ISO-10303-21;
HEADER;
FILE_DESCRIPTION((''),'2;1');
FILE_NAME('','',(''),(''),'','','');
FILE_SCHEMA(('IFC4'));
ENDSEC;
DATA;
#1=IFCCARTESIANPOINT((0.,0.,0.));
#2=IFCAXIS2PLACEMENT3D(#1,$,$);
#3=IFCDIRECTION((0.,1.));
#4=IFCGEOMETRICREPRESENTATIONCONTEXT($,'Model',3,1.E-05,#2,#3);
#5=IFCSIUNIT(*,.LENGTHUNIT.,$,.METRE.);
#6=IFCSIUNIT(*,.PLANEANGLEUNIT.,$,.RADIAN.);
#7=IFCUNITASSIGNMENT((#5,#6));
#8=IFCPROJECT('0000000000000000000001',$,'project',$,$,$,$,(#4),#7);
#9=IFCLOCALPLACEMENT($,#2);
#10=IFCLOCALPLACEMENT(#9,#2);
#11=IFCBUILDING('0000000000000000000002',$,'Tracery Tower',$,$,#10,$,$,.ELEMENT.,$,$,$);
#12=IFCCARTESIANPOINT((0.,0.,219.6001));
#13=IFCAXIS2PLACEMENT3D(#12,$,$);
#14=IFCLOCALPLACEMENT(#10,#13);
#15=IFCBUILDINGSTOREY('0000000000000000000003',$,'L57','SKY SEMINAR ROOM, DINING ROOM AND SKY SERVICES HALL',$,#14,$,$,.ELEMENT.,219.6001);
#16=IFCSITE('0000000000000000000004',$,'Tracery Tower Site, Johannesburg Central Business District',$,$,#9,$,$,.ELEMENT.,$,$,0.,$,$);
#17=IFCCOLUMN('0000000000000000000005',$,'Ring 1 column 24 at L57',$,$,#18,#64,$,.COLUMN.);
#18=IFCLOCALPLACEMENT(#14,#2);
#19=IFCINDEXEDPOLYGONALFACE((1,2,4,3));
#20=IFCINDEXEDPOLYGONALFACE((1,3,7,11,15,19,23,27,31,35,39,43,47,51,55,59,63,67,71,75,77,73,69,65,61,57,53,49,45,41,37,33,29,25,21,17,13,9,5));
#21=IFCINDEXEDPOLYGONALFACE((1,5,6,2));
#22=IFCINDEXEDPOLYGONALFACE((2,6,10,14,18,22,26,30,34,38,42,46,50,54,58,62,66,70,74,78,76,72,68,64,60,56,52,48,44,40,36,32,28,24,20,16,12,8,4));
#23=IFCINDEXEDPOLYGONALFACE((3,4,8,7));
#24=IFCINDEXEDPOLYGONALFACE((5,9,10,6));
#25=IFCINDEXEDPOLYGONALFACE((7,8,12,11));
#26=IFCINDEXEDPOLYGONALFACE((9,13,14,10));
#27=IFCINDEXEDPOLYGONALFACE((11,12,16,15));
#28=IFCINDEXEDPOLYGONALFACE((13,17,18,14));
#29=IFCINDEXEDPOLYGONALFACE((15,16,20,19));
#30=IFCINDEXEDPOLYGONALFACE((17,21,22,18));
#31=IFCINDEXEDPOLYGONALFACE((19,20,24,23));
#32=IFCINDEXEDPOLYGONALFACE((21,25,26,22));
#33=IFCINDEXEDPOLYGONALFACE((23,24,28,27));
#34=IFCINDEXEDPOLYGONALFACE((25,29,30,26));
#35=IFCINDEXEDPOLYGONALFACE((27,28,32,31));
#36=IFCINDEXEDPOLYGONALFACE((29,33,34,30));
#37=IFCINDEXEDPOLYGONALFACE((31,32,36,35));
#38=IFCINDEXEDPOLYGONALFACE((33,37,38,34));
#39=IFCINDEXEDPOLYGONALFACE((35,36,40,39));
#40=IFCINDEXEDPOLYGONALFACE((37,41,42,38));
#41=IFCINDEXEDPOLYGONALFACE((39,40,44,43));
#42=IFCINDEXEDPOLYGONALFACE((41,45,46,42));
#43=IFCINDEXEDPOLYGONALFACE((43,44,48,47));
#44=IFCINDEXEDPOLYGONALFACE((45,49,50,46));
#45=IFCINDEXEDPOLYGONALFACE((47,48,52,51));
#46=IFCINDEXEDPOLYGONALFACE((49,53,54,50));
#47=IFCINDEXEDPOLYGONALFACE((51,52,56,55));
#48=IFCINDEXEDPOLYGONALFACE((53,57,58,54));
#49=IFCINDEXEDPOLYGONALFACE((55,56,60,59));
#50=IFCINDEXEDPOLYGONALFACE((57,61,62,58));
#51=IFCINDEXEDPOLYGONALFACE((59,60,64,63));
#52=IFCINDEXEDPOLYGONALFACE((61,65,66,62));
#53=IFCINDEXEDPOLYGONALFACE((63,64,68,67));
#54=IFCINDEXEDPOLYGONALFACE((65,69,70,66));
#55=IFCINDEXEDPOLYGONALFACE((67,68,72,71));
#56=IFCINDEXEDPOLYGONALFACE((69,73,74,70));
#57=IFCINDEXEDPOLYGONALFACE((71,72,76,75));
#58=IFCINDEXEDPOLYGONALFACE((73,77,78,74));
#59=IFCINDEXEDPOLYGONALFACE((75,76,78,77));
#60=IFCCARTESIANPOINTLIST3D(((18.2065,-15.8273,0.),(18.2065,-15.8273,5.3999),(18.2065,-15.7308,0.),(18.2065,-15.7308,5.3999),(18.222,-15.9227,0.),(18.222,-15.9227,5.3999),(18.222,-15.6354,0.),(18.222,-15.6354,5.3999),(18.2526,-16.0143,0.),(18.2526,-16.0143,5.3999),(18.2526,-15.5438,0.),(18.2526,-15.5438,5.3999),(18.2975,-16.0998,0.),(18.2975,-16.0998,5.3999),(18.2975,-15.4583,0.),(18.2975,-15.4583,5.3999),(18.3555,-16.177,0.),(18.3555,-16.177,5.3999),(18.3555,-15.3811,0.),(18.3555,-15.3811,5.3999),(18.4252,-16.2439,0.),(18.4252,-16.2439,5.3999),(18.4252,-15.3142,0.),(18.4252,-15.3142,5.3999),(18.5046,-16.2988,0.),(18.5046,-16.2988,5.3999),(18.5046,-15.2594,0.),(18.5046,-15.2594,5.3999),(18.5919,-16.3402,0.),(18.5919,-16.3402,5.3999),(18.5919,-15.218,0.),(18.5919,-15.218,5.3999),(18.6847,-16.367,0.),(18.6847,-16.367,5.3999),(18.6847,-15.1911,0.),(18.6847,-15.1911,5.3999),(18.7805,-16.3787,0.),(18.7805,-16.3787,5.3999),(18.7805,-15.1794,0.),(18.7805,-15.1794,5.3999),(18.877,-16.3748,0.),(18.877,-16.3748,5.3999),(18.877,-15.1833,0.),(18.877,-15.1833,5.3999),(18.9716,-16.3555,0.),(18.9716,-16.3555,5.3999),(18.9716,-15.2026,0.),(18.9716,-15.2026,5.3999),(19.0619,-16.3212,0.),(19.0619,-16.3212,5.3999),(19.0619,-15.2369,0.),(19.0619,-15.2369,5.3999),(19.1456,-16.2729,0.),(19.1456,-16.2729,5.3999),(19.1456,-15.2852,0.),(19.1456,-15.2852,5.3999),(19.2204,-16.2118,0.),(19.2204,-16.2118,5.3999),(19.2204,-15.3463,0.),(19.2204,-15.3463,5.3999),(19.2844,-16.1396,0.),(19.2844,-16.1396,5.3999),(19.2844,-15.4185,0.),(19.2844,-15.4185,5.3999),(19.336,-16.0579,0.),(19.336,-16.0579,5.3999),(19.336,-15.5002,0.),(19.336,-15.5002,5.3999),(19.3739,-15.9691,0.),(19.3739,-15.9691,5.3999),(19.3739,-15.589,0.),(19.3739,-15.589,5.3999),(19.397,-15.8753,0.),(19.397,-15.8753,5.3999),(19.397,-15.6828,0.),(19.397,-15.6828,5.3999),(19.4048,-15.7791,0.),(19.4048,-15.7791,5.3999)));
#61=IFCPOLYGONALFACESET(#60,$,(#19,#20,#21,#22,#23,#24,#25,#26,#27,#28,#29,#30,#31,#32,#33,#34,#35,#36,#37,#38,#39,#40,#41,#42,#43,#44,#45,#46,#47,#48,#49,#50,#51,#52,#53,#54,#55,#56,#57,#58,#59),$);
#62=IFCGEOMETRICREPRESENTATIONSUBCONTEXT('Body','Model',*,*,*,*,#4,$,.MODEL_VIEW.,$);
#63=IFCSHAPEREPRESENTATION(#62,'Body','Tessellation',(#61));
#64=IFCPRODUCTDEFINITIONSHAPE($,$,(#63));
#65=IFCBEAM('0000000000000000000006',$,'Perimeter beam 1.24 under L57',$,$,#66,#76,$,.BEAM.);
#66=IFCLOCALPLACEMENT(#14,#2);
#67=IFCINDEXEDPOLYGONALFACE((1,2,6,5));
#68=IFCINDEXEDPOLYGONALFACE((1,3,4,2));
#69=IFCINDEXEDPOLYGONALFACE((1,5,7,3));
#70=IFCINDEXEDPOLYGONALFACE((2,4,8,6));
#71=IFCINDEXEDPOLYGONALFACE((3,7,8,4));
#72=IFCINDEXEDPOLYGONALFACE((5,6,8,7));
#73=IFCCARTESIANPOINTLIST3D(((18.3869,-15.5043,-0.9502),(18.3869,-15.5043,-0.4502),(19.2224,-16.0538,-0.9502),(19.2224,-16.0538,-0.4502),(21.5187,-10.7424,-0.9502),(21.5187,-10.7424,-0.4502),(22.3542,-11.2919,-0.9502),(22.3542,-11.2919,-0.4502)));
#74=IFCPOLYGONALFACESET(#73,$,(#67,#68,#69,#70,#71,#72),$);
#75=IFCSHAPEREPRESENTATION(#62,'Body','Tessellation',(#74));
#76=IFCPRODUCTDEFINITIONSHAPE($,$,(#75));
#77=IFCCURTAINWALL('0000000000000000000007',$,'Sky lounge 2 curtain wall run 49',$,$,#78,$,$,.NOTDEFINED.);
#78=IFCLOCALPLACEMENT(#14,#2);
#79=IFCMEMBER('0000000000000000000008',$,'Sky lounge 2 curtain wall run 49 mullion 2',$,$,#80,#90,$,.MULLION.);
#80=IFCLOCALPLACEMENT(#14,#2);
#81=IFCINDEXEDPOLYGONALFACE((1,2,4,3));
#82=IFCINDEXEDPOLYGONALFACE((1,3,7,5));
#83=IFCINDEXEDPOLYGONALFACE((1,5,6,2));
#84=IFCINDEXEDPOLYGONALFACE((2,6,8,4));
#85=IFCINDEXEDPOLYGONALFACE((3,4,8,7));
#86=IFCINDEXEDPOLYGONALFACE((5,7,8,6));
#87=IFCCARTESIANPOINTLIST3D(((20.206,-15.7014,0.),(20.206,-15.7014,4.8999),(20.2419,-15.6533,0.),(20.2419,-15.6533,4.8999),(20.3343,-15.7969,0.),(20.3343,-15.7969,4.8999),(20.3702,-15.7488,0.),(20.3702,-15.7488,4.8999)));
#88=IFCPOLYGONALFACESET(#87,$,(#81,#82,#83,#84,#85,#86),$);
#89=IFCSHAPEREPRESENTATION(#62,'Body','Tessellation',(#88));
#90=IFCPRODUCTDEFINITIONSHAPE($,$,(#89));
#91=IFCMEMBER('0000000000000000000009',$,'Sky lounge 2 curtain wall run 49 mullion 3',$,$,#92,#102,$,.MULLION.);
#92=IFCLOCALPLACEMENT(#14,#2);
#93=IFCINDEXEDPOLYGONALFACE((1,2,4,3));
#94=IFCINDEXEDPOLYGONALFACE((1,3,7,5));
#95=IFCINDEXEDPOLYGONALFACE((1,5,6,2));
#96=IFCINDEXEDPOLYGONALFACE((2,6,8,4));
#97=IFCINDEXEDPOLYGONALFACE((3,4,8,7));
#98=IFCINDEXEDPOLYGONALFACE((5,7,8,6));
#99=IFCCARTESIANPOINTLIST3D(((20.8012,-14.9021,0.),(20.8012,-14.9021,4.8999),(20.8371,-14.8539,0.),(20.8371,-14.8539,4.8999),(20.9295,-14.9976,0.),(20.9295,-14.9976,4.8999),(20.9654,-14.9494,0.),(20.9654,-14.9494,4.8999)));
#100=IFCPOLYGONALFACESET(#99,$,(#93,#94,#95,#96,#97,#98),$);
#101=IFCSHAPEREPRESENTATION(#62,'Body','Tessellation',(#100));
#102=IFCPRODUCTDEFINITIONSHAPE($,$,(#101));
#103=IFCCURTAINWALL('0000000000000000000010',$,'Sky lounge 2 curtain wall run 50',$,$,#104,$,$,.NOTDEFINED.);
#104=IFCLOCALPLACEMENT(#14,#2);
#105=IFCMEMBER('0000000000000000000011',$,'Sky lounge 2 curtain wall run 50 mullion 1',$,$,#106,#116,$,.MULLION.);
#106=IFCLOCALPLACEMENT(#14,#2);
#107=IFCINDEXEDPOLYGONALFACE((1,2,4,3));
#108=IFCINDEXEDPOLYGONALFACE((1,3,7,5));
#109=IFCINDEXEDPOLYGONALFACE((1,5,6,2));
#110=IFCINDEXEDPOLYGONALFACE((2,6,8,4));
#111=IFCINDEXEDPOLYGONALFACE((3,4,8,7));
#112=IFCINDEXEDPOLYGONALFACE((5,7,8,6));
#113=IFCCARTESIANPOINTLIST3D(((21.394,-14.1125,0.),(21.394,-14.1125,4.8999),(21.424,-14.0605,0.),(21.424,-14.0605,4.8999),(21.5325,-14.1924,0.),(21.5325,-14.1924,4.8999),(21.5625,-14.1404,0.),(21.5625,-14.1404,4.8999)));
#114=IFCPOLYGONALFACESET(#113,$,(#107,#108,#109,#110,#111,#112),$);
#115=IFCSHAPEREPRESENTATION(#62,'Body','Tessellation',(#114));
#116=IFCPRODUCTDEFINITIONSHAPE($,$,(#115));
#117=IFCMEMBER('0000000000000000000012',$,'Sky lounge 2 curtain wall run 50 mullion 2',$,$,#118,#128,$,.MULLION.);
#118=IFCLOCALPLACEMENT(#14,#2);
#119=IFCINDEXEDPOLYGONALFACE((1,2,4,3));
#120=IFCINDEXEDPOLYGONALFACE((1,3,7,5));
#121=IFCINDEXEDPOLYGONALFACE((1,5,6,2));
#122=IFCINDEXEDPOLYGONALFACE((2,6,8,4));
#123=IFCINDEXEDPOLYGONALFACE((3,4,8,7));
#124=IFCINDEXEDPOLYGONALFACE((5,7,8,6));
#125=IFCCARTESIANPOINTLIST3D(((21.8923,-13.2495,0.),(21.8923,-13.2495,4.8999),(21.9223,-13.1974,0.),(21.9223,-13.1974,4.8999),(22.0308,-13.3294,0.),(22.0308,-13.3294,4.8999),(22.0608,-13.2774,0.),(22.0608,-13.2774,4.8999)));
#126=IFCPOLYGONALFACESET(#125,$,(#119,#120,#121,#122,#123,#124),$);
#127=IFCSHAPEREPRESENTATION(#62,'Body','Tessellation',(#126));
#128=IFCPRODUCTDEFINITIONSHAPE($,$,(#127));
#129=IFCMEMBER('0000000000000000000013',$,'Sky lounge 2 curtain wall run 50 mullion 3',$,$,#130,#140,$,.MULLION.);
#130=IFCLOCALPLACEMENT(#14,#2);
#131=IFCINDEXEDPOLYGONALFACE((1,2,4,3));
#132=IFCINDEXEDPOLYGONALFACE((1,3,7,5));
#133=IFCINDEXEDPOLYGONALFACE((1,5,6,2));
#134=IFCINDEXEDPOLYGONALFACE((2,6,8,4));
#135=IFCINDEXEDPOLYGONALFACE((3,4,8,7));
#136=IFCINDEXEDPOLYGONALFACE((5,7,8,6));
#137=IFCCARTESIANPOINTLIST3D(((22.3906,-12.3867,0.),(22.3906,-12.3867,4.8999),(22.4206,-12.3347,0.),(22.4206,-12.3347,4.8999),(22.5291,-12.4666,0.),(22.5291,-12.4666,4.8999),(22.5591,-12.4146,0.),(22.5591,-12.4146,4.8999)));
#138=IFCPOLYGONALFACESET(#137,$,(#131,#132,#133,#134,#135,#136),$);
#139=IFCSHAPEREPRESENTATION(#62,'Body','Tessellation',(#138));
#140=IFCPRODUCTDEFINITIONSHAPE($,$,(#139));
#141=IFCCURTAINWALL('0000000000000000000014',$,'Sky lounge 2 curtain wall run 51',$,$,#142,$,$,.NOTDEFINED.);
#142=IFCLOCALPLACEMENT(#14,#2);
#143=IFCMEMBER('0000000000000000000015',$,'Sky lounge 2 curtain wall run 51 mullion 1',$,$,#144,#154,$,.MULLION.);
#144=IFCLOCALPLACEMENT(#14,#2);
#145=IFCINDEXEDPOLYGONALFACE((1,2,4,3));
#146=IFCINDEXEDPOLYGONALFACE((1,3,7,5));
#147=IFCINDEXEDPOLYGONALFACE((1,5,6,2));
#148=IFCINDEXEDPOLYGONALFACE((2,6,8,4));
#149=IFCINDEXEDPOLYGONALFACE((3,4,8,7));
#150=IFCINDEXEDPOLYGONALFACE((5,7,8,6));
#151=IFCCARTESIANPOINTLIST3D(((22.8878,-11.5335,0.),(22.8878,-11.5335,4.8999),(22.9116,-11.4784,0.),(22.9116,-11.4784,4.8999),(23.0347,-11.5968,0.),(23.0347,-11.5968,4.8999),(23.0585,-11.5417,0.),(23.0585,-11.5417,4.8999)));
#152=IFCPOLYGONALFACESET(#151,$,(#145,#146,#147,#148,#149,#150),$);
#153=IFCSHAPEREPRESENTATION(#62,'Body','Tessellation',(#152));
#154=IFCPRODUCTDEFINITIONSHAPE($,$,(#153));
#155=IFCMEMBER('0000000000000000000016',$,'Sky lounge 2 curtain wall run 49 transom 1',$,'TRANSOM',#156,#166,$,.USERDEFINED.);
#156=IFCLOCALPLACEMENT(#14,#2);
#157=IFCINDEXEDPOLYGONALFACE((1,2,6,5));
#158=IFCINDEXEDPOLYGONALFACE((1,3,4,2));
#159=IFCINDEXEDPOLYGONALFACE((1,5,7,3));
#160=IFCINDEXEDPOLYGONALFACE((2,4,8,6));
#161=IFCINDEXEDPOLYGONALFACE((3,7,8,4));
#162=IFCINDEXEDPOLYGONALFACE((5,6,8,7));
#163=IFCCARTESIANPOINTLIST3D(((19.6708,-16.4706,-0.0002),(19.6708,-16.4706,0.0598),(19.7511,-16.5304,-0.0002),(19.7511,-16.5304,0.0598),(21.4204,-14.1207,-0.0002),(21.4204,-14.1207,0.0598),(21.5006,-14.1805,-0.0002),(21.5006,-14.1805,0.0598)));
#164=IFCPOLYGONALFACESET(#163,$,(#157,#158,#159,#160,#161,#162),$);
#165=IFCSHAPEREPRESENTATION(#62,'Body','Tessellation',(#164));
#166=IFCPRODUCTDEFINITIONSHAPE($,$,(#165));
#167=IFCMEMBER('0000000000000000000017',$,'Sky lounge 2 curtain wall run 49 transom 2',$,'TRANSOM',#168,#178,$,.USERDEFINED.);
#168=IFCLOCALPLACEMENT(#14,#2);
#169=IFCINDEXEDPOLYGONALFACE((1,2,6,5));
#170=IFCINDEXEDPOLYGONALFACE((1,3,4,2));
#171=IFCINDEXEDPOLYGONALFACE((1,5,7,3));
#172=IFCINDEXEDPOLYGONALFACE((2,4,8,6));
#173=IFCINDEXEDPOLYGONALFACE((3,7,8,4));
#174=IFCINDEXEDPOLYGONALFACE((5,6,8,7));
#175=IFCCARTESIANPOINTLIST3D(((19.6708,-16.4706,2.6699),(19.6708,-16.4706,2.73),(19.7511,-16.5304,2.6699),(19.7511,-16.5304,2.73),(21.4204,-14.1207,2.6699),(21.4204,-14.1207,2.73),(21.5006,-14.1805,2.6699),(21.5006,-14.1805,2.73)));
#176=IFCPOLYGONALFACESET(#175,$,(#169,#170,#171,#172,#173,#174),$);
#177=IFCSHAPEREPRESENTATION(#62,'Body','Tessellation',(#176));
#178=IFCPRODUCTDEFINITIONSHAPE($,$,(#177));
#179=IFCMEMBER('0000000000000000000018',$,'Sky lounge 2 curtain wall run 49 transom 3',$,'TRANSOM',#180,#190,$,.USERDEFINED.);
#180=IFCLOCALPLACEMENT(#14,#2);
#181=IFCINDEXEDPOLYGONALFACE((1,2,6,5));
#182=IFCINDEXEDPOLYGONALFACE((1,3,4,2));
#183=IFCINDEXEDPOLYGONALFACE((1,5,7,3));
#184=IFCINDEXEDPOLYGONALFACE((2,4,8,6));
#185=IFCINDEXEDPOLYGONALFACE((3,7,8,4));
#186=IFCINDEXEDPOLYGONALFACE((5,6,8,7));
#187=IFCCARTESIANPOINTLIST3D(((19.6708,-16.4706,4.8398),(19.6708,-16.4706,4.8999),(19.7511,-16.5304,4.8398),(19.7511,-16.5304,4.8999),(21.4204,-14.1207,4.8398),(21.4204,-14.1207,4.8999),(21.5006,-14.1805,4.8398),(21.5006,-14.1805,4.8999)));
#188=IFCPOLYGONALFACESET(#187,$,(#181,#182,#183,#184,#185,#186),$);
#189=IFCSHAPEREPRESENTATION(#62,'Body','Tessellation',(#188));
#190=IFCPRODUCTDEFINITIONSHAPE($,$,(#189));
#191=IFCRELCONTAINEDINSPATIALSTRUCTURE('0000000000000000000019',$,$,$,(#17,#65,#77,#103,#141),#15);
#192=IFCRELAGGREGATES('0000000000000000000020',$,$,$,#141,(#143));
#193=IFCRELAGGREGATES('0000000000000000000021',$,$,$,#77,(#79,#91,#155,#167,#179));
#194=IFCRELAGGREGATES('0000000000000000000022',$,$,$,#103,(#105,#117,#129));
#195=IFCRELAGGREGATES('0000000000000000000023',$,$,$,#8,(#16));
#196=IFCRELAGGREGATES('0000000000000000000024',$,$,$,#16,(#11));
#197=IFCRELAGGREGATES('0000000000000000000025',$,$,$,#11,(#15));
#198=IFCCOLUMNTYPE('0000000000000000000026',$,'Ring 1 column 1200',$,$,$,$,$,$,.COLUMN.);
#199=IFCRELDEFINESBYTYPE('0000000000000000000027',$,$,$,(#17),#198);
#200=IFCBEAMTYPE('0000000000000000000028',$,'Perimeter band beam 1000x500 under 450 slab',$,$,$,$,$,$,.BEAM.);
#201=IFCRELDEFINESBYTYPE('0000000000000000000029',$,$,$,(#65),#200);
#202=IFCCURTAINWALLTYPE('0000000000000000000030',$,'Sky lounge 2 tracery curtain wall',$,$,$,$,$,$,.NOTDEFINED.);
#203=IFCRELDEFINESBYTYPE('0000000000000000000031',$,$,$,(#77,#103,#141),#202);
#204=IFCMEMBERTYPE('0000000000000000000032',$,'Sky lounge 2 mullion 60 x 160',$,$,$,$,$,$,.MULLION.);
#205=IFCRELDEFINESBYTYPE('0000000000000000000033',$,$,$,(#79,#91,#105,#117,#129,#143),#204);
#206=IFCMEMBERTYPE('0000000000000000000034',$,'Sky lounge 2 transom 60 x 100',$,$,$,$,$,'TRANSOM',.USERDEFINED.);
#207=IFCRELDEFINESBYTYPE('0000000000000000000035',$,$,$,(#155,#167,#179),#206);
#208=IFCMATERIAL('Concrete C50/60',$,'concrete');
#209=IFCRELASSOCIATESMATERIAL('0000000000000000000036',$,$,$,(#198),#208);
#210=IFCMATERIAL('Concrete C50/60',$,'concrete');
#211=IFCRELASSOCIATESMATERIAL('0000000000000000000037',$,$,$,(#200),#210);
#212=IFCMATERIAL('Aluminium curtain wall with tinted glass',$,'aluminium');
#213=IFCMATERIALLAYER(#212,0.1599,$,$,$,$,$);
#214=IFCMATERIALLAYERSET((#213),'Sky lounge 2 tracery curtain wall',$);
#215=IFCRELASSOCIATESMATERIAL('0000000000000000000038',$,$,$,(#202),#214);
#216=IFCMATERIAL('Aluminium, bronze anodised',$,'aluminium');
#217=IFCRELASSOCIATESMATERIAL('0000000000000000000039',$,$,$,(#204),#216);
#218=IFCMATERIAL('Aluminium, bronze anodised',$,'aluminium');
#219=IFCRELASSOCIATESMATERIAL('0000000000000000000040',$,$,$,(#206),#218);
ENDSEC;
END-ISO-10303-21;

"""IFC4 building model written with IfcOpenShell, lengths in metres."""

from ifc_helpers import new_model, si_unit, direction, frame, origin, origin_2d, place, context, subcontext, project, spatial, rectangle, circle, extrude, material, layer, layer_set, material_profile, profile_set, type_object, element, aggregate, save


model = new_model("IFC4")

# Units and contexts
model_context = context("Model", 3, precision=1e-05, world=origin(), true_north=direction((0.0, 1.0)))
body_context = subcontext(model_context, "Body", "Model", "MODEL_VIEW")
ifc_project = project(units=[si_unit("LENGTHUNIT", "METRE"), si_unit("PLANEANGLEUNIT", "RADIAN")], contexts=[model_context])

# Site, building, storey
site_placement = place(None, origin())
site = spatial("IfcSite", under=ifc_project, at=site_placement, Name="Tracery Tower Site, Johannesburg Central Business District", CompositionType="ELEMENT", RefElevation=0.0)
building_placement = place(site_placement, origin())
building = spatial("IfcBuilding", under=site, at=building_placement, Name="Tracery Tower", CompositionType="ELEMENT")
storey_placement = place(building_placement, frame((0.0, 0.0, 219.6001)))
storey = spatial("IfcBuildingStorey", under=building, at=storey_placement, Name="L57", Description="SKY SEMINAR ROOM, DINING ROOM AND SKY SERVICES HALL", CompositionType="ELEMENT", Elevation=219.6001)

# Column
ifc_material_1 = material(Name="Concrete C50/60", Category="concrete")
ifc_material_profile_1 = material_profile(ifc_material_1, circle(Radius=0.6001, at=origin_2d()), Name="RC D1200")
ifc_profile_set_1 = profile_set([ifc_material_profile_1], Name="Concrete C50/60")
column_type = type_object("IfcColumnType", Name="Ring 1 column 1200", PredefinedType="COLUMN", material=ifc_profile_set_1)
column_placement = place(storey_placement, frame((18.8047, -15.7791, 0.0), z_axis=(0.0, 0.0, 1.0), x_axis=(1.0, 0.0, 0.0)))
element("IfcColumn", 1, at=column_placement, inside=storey, type_object=column_type, Name="Ring 1 column 24 at L57", PredefinedType="COLUMN", context=body_context, shape_type="SweptSolid", body=[
    extrude(circle(Radius=0.6001, at=origin_2d()), origin(), (0.0, 0.0, 1.0), 5.3999),
])

# Beam
ifc_material_2 = material(Name="Concrete C50/60", Category="concrete")
ifc_material_profile_2 = material_profile(ifc_material_2, rectangle(XDim=1.0, YDim=0.5, at=origin_2d()), Name="RC 1000x500")
ifc_profile_set_2 = profile_set([ifc_material_profile_2], Name="Concrete C50/60")
beam_type = type_object("IfcBeamType", Name="Perimeter band beam 1000x500 under 450 slab", PredefinedType="BEAM", material=ifc_profile_set_2)
beam_placement = place(storey_placement, frame((18.8047, -15.7791, -0.7002), z_axis=(0.54949, 0.8355, 0.0), x_axis=(-0.8355, 0.54949, 0.0)))
element("IfcBeam", 2, at=beam_placement, inside=storey, type_object=beam_type, Name="Perimeter beam 1.24 under L57", PredefinedType="BEAM", context=body_context, shape_type="SweptSolid", body=[
    extrude(rectangle(XDim=1.0, YDim=0.5, at=origin_2d()), origin(), (0.0, 0.0, 1.0), 5.6995),
])

# Curtain walls, members
ifc_material_3 = material(Name="Aluminium curtain wall with tinted glass", Category="aluminium")
ifc_layer_1 = layer(ifc_material_3, 0.1599)
ifc_layer_set_1 = layer_set([ifc_layer_1], Name="Sky lounge 2 tracery curtain wall")
curtain_wall_type = type_object("IfcCurtainWallType", Name="Sky lounge 2 tracery curtain wall", PredefinedType="NOTDEFINED", material=ifc_layer_set_1)
curtain_wall_1_placement = place(storey_placement, origin())
curtain_wall_1 = element("IfcCurtainWall", 3, at=curtain_wall_1_placement, inside=storey, type_object=curtain_wall_type, Name="Sky lounge 2 curtain wall run 49", PredefinedType="NOTDEFINED")
ifc_material_4 = material(Name="Aluminium, bronze anodised", Category="aluminium")
ifc_material_profile_3 = material_profile(ifc_material_4, rectangle(XDim=0.1599, YDim=0.0601, at=origin_2d()), Name="AL 60x160")
ifc_profile_set_3 = profile_set([ifc_material_profile_3], Name="Aluminium, bronze anodised")
member_type_1 = type_object("IfcMemberType", Name="Sky lounge 2 mullion 60 x 160", PredefinedType="MULLION", material=ifc_profile_set_3)
member_1_placement = place(storey_placement, frame((20.2881, -15.7251, 0.0), z_axis=(0.0, 0.0, 1.0), x_axis=(-0.802123, 0.597159, 0.0)))
member_1 = element("IfcMember", 4, at=member_1_placement, type_object=member_type_1, Name="Sky lounge 2 curtain wall run 49 mullion 2", PredefinedType="MULLION", context=body_context, shape_type="SweptSolid", body=[
    extrude(rectangle(XDim=0.1599, YDim=0.0601, at=origin_2d()), origin(), (0.0, 0.0, 1.0), 4.8999),
])
member_2_placement = place(storey_placement, frame((20.8833, -14.9258, 0.0), z_axis=(0.0, 0.0, 1.0), x_axis=(-0.802123, 0.597159, 0.0)))
member_2 = element("IfcMember", 5, at=member_2_placement, type_object=member_type_1, Name="Sky lounge 2 curtain wall run 49 mullion 3", PredefinedType="MULLION", context=body_context, shape_type="SweptSolid", body=[
    extrude(rectangle(XDim=0.1599, YDim=0.0601, at=origin_2d()), origin(), (0.0, 0.0, 1.0), 4.8999),
])
curtain_wall_2_placement = place(storey_placement, origin())
curtain_wall_2 = element("IfcCurtainWall", 6, at=curtain_wall_2_placement, inside=storey, type_object=curtain_wall_type, Name="Sky lounge 2 curtain wall run 50", PredefinedType="NOTDEFINED")
member_3_placement = place(storey_placement, frame((21.4783, -14.1265, 0.0), z_axis=(0.0, 0.0, 1.0), x_axis=(-0.866025, 0.5, 0.0)))
member_3 = element("IfcMember", 7, at=member_3_placement, type_object=member_type_1, Name="Sky lounge 2 curtain wall run 50 mullion 1", PredefinedType="MULLION", context=body_context, shape_type="SweptSolid", body=[
    extrude(rectangle(XDim=0.1599, YDim=0.0601, at=origin_2d()), origin(), (0.0, 0.0, 1.0), 4.8999),
])
member_4_placement = place(storey_placement, frame((21.9766, -13.2634, 0.0), z_axis=(0.0, 0.0, 1.0), x_axis=(-0.866025, 0.5, 0.0)))
member_4 = element("IfcMember", 8, at=member_4_placement, type_object=member_type_1, Name="Sky lounge 2 curtain wall run 50 mullion 2", PredefinedType="MULLION", context=body_context, shape_type="SweptSolid", body=[
    extrude(rectangle(XDim=0.1599, YDim=0.0601, at=origin_2d()), origin(), (0.0, 0.0, 1.0), 4.8999),
])
member_5_placement = place(storey_placement, frame((22.4749, -12.4006, 0.0), z_axis=(0.0, 0.0, 1.0), x_axis=(-0.866025, 0.5, 0.0)))
member_5 = element("IfcMember", 9, at=member_5_placement, type_object=member_type_1, Name="Sky lounge 2 curtain wall run 50 mullion 3", PredefinedType="MULLION", context=body_context, shape_type="SweptSolid", body=[
    extrude(rectangle(XDim=0.1599, YDim=0.0601, at=origin_2d()), origin(), (0.0, 0.0, 1.0), 4.8999),
])

# Curtain wall, member
curtain_wall_3_placement = place(storey_placement, origin())
curtain_wall_3 = element("IfcCurtainWall", 10, at=curtain_wall_3_placement, inside=storey, type_object=curtain_wall_type, Name="Sky lounge 2 curtain wall run 51", PredefinedType="NOTDEFINED")
member_6_placement = place(storey_placement, frame((22.9731, -11.5376, 0.0), z_axis=(0.0, 0.0, 1.0), x_axis=(-0.918216, 0.39608, 0.0)))
member_6 = element("IfcMember", 11, at=member_6_placement, type_object=member_type_1, Name="Sky lounge 2 curtain wall run 51 mullion 1", PredefinedType="MULLION", context=body_context, shape_type="SweptSolid", body=[
    extrude(rectangle(XDim=0.1599, YDim=0.0601, at=origin_2d()), origin(), (0.0, 0.0, 1.0), 4.8999),
])

# Members
ifc_material_5 = material(Name="Aluminium, bronze anodised", Category="aluminium")
ifc_material_profile_4 = material_profile(ifc_material_5, rectangle(XDim=0.1001, YDim=0.0601, at=origin_2d()), Name="AL 60x100")
ifc_profile_set_4 = profile_set([ifc_material_profile_4], Name="Aluminium, bronze anodised")
member_type_2 = type_object("IfcMemberType", Name="Sky lounge 2 transom 60 x 100", ElementType="TRANSOM", PredefinedType="USERDEFINED", material=ifc_profile_set_4)
member_7_placement = place(storey_placement, frame((19.7109, -16.5005, 0.0298), z_axis=(0.597183, 0.802105, 0.0), x_axis=(-0.802105, 0.597183, 0.0)))
member_7 = element("IfcMember", 12, at=member_7_placement, type_object=member_type_2, Name="Sky lounge 2 curtain wall run 49 transom 1", ObjectType="TRANSOM", PredefinedType="USERDEFINED", context=body_context, shape_type="SweptSolid", body=[
    extrude(rectangle(XDim=0.1001, YDim=0.0601, at=origin_2d()), origin(), (0.0, 0.0, 1.0), 2.9297),
])
member_8_placement = place(storey_placement, frame((19.7109, -16.5005, 2.7), z_axis=(0.597183, 0.802105, 0.0), x_axis=(-0.802105, 0.597183, 0.0)))
member_8 = element("IfcMember", 13, at=member_8_placement, type_object=member_type_2, Name="Sky lounge 2 curtain wall run 49 transom 2", ObjectType="TRANSOM", PredefinedType="USERDEFINED", context=body_context, shape_type="SweptSolid", body=[
    extrude(rectangle(XDim=0.1001, YDim=0.0601, at=origin_2d()), origin(), (0.0, 0.0, 1.0), 2.9297),
])
member_9_placement = place(storey_placement, frame((19.7109, -16.5005, 4.8699), z_axis=(0.597183, 0.802105, 0.0), x_axis=(-0.802105, 0.597183, 0.0)))
member_9 = element("IfcMember", 14, at=member_9_placement, type_object=member_type_2, Name="Sky lounge 2 curtain wall run 49 transom 3", ObjectType="TRANSOM", PredefinedType="USERDEFINED", context=body_context, shape_type="SweptSolid", body=[
    extrude(rectangle(XDim=0.1001, YDim=0.0601, at=origin_2d()), origin(), (0.0, 0.0, 1.0), 2.9297),
])
aggregate(curtain_wall_3, [member_6])

aggregate(curtain_wall_1, [member_1, member_2, member_7, member_8, member_9])
aggregate(curtain_wall_2, [member_3, member_4, member_5])

save(model, "model.ifc")
